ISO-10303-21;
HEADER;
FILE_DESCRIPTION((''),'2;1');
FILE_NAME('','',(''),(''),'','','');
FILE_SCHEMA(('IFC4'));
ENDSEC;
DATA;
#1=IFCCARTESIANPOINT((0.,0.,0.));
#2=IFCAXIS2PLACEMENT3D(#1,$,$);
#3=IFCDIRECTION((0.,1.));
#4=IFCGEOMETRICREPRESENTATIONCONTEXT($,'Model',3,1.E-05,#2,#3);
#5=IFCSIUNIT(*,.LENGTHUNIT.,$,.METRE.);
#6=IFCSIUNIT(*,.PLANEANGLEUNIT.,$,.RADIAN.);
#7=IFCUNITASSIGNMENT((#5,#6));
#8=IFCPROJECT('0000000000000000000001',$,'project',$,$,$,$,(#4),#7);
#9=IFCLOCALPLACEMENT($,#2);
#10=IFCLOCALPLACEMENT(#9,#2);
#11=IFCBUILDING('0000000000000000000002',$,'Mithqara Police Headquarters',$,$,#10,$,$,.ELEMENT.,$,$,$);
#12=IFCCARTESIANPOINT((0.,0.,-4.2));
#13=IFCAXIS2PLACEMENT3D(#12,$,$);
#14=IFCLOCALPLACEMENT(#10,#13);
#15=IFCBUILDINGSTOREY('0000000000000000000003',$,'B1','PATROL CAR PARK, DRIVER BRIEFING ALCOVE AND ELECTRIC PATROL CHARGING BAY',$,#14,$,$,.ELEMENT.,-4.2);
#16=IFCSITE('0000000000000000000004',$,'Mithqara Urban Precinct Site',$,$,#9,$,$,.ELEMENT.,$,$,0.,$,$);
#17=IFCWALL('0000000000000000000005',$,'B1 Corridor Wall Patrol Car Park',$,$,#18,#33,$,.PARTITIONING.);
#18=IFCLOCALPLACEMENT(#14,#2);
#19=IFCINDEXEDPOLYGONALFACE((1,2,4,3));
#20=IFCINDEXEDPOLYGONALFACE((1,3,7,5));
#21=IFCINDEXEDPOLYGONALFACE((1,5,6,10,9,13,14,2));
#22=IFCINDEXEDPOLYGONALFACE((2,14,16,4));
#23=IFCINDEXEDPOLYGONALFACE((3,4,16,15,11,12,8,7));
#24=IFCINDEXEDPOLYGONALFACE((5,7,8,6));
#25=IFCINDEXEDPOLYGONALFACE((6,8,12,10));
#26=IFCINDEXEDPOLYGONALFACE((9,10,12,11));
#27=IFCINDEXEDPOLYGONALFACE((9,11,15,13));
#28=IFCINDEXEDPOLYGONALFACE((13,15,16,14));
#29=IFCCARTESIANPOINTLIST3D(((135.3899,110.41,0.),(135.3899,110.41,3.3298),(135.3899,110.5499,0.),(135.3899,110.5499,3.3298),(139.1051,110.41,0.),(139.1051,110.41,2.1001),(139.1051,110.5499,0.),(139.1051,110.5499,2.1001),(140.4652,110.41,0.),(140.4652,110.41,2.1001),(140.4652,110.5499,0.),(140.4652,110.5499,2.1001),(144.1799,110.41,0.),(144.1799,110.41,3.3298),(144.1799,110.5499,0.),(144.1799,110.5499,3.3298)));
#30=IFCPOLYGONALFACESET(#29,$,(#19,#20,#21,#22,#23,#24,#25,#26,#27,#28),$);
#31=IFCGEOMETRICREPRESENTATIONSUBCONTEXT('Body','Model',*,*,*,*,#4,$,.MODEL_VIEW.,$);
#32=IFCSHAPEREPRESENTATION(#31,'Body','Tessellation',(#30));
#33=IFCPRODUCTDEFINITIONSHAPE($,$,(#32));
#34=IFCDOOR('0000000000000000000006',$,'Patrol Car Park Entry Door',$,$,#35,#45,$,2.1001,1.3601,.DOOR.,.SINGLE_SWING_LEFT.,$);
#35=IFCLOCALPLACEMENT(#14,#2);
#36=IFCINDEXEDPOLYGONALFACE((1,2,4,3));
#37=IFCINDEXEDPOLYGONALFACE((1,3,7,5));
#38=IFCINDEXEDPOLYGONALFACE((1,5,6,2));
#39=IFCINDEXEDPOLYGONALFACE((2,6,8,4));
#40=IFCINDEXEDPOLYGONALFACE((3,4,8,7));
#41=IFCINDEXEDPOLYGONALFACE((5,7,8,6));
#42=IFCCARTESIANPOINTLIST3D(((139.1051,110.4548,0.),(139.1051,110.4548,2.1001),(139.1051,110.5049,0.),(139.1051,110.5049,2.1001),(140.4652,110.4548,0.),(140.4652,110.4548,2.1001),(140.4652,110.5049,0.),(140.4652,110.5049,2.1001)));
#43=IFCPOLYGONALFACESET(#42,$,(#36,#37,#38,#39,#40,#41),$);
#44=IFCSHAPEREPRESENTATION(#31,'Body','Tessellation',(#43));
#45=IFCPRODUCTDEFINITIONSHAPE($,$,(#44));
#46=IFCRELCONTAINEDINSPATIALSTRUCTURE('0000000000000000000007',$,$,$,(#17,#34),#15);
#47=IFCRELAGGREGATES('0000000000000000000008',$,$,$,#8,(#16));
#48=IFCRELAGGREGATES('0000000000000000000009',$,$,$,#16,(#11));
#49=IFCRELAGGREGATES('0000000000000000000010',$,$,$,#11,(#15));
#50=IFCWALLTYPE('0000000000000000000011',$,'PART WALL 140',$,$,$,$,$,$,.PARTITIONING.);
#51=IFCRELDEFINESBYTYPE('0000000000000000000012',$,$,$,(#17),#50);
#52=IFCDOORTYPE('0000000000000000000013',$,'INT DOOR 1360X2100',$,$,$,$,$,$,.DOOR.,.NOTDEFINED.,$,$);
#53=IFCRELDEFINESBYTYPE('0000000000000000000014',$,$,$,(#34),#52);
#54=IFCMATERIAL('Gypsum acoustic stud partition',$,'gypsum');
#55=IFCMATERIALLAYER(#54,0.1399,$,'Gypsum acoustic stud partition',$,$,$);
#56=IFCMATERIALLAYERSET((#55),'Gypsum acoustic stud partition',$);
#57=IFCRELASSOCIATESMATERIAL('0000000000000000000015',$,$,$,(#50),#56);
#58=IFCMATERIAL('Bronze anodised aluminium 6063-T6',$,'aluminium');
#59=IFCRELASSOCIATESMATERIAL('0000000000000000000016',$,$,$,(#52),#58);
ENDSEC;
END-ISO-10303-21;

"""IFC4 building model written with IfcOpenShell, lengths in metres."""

from ifc_helpers import new_model, si_unit, direction, frame, frame_2d, origin, place, context, subcontext, project, spatial, rectangle, extrude, material, layer, layer_set, type_object, element, fill, save


model = new_model("IFC4")

# Units and contexts
model_context = context("Model", 3, precision=1e-05, world=origin(), true_north=direction((0.0, 1.0)))
body_context = subcontext(model_context, "Body", "Model", "MODEL_VIEW")
ifc_project = project(units=[si_unit("LENGTHUNIT", "METRE"), si_unit("PLANEANGLEUNIT", "RADIAN")], contexts=[model_context])

# Site, building, storey
site_placement = place(None, origin())
site = spatial("IfcSite", under=ifc_project, at=site_placement, Name="Mithqara Urban Precinct Site", CompositionType="ELEMENT", RefElevation=0.0)
building_placement = place(site_placement, origin())
building = spatial("IfcBuilding", under=site, at=building_placement, Name="Mithqara Police Headquarters", CompositionType="ELEMENT")
storey_placement = place(building_placement, frame((0.0, 0.0, -4.2)))
storey = spatial("IfcBuildingStorey", under=building, at=storey_placement, Name="B1", Description="PATROL CAR PARK, DRIVER BRIEFING ALCOVE AND ELECTRIC PATROL CHARGING BAY", CompositionType="ELEMENT", Elevation=-4.2)

# Shared definitions
ifc_material_1 = material(Name="Gypsum acoustic stud partition", Category="gypsum")
ifc_layer = layer(ifc_material_1, 0.1399, Name="Gypsum acoustic stud partition")
ifc_layer_set = layer_set([ifc_layer], Name="Gypsum acoustic stud partition")
wall_type = type_object("IfcWallType", Name="PART WALL 140", PredefinedType="PARTITIONING", material=ifc_layer_set)

# Wall, opening, door
wall_1_placement = place(storey_placement, frame((135.3899, 110.48, 0.0), z_axis=(0.0, 0.0, 1.0), x_axis=(1.0, 0.0, 0.0)))
wall_1 = element("IfcWall", 1, at=wall_1_placement, inside=storey, type_object=wall_type, Name="B1 Corridor Wall Patrol Car Park", PredefinedType="PARTITIONING", context=body_context, shape_type="SweptSolid", body=[
    extrude(rectangle(XDim=8.79, YDim=0.1399, at=frame_2d((4.395, 0.0))), origin(), (0.0, 0.0, 1.0), 3.3298),
])
opening_1_placement = place(wall_1_placement, frame((3.7151, 0.0, 0.0)))
opening_1 = element("IfcOpeningElement", 2, at=opening_1_placement, cuts=wall_1, PredefinedType="OPENING", context=body_context, shape_type="SweptSolid", body=[
    extrude(rectangle(XDim=1.3601, YDim=2.1001, at=frame_2d((0.6802, 1.05))), frame((0.0, 0.0801, 0.0), z_axis=(0.0, -1.0, 0.0), x_axis=(1.0, 0.0, 0.0)), (0.0, 0.0, 1.0), 0.1599),
])
ifc_material_2 = material(Name="Bronze anodised aluminium 6063-T6", Category="aluminium")
door_type_1 = type_object("IfcDoorType", Name="INT DOOR 1360X2100", OperationType="NOTDEFINED", PredefinedType="DOOR", material=ifc_material_2)
door_1_placement = place(opening_1_placement, origin())
door_1 = element("IfcDoor", 3, at=door_1_placement, inside=storey, type_object=door_type_1, Name="Patrol Car Park Entry Door", OperationType="SINGLE_SWING_LEFT", OverallHeight=2.1001, OverallWidth=1.3601, PredefinedType="DOOR", context=body_context, shape_type="SweptSolid", body=[
    extrude(rectangle(XDim=1.3601, YDim=2.1001, at=frame_2d((0.6802, 1.05))), frame((0.0, 0.0249, 0.0), z_axis=(0.0, -1.0, 0.0), x_axis=(1.0, 0.0, 0.0)), (0.0, 0.0, 1.0), 0.05),
])
fill(opening_1, door_1)

save(model, "model.ifc")
